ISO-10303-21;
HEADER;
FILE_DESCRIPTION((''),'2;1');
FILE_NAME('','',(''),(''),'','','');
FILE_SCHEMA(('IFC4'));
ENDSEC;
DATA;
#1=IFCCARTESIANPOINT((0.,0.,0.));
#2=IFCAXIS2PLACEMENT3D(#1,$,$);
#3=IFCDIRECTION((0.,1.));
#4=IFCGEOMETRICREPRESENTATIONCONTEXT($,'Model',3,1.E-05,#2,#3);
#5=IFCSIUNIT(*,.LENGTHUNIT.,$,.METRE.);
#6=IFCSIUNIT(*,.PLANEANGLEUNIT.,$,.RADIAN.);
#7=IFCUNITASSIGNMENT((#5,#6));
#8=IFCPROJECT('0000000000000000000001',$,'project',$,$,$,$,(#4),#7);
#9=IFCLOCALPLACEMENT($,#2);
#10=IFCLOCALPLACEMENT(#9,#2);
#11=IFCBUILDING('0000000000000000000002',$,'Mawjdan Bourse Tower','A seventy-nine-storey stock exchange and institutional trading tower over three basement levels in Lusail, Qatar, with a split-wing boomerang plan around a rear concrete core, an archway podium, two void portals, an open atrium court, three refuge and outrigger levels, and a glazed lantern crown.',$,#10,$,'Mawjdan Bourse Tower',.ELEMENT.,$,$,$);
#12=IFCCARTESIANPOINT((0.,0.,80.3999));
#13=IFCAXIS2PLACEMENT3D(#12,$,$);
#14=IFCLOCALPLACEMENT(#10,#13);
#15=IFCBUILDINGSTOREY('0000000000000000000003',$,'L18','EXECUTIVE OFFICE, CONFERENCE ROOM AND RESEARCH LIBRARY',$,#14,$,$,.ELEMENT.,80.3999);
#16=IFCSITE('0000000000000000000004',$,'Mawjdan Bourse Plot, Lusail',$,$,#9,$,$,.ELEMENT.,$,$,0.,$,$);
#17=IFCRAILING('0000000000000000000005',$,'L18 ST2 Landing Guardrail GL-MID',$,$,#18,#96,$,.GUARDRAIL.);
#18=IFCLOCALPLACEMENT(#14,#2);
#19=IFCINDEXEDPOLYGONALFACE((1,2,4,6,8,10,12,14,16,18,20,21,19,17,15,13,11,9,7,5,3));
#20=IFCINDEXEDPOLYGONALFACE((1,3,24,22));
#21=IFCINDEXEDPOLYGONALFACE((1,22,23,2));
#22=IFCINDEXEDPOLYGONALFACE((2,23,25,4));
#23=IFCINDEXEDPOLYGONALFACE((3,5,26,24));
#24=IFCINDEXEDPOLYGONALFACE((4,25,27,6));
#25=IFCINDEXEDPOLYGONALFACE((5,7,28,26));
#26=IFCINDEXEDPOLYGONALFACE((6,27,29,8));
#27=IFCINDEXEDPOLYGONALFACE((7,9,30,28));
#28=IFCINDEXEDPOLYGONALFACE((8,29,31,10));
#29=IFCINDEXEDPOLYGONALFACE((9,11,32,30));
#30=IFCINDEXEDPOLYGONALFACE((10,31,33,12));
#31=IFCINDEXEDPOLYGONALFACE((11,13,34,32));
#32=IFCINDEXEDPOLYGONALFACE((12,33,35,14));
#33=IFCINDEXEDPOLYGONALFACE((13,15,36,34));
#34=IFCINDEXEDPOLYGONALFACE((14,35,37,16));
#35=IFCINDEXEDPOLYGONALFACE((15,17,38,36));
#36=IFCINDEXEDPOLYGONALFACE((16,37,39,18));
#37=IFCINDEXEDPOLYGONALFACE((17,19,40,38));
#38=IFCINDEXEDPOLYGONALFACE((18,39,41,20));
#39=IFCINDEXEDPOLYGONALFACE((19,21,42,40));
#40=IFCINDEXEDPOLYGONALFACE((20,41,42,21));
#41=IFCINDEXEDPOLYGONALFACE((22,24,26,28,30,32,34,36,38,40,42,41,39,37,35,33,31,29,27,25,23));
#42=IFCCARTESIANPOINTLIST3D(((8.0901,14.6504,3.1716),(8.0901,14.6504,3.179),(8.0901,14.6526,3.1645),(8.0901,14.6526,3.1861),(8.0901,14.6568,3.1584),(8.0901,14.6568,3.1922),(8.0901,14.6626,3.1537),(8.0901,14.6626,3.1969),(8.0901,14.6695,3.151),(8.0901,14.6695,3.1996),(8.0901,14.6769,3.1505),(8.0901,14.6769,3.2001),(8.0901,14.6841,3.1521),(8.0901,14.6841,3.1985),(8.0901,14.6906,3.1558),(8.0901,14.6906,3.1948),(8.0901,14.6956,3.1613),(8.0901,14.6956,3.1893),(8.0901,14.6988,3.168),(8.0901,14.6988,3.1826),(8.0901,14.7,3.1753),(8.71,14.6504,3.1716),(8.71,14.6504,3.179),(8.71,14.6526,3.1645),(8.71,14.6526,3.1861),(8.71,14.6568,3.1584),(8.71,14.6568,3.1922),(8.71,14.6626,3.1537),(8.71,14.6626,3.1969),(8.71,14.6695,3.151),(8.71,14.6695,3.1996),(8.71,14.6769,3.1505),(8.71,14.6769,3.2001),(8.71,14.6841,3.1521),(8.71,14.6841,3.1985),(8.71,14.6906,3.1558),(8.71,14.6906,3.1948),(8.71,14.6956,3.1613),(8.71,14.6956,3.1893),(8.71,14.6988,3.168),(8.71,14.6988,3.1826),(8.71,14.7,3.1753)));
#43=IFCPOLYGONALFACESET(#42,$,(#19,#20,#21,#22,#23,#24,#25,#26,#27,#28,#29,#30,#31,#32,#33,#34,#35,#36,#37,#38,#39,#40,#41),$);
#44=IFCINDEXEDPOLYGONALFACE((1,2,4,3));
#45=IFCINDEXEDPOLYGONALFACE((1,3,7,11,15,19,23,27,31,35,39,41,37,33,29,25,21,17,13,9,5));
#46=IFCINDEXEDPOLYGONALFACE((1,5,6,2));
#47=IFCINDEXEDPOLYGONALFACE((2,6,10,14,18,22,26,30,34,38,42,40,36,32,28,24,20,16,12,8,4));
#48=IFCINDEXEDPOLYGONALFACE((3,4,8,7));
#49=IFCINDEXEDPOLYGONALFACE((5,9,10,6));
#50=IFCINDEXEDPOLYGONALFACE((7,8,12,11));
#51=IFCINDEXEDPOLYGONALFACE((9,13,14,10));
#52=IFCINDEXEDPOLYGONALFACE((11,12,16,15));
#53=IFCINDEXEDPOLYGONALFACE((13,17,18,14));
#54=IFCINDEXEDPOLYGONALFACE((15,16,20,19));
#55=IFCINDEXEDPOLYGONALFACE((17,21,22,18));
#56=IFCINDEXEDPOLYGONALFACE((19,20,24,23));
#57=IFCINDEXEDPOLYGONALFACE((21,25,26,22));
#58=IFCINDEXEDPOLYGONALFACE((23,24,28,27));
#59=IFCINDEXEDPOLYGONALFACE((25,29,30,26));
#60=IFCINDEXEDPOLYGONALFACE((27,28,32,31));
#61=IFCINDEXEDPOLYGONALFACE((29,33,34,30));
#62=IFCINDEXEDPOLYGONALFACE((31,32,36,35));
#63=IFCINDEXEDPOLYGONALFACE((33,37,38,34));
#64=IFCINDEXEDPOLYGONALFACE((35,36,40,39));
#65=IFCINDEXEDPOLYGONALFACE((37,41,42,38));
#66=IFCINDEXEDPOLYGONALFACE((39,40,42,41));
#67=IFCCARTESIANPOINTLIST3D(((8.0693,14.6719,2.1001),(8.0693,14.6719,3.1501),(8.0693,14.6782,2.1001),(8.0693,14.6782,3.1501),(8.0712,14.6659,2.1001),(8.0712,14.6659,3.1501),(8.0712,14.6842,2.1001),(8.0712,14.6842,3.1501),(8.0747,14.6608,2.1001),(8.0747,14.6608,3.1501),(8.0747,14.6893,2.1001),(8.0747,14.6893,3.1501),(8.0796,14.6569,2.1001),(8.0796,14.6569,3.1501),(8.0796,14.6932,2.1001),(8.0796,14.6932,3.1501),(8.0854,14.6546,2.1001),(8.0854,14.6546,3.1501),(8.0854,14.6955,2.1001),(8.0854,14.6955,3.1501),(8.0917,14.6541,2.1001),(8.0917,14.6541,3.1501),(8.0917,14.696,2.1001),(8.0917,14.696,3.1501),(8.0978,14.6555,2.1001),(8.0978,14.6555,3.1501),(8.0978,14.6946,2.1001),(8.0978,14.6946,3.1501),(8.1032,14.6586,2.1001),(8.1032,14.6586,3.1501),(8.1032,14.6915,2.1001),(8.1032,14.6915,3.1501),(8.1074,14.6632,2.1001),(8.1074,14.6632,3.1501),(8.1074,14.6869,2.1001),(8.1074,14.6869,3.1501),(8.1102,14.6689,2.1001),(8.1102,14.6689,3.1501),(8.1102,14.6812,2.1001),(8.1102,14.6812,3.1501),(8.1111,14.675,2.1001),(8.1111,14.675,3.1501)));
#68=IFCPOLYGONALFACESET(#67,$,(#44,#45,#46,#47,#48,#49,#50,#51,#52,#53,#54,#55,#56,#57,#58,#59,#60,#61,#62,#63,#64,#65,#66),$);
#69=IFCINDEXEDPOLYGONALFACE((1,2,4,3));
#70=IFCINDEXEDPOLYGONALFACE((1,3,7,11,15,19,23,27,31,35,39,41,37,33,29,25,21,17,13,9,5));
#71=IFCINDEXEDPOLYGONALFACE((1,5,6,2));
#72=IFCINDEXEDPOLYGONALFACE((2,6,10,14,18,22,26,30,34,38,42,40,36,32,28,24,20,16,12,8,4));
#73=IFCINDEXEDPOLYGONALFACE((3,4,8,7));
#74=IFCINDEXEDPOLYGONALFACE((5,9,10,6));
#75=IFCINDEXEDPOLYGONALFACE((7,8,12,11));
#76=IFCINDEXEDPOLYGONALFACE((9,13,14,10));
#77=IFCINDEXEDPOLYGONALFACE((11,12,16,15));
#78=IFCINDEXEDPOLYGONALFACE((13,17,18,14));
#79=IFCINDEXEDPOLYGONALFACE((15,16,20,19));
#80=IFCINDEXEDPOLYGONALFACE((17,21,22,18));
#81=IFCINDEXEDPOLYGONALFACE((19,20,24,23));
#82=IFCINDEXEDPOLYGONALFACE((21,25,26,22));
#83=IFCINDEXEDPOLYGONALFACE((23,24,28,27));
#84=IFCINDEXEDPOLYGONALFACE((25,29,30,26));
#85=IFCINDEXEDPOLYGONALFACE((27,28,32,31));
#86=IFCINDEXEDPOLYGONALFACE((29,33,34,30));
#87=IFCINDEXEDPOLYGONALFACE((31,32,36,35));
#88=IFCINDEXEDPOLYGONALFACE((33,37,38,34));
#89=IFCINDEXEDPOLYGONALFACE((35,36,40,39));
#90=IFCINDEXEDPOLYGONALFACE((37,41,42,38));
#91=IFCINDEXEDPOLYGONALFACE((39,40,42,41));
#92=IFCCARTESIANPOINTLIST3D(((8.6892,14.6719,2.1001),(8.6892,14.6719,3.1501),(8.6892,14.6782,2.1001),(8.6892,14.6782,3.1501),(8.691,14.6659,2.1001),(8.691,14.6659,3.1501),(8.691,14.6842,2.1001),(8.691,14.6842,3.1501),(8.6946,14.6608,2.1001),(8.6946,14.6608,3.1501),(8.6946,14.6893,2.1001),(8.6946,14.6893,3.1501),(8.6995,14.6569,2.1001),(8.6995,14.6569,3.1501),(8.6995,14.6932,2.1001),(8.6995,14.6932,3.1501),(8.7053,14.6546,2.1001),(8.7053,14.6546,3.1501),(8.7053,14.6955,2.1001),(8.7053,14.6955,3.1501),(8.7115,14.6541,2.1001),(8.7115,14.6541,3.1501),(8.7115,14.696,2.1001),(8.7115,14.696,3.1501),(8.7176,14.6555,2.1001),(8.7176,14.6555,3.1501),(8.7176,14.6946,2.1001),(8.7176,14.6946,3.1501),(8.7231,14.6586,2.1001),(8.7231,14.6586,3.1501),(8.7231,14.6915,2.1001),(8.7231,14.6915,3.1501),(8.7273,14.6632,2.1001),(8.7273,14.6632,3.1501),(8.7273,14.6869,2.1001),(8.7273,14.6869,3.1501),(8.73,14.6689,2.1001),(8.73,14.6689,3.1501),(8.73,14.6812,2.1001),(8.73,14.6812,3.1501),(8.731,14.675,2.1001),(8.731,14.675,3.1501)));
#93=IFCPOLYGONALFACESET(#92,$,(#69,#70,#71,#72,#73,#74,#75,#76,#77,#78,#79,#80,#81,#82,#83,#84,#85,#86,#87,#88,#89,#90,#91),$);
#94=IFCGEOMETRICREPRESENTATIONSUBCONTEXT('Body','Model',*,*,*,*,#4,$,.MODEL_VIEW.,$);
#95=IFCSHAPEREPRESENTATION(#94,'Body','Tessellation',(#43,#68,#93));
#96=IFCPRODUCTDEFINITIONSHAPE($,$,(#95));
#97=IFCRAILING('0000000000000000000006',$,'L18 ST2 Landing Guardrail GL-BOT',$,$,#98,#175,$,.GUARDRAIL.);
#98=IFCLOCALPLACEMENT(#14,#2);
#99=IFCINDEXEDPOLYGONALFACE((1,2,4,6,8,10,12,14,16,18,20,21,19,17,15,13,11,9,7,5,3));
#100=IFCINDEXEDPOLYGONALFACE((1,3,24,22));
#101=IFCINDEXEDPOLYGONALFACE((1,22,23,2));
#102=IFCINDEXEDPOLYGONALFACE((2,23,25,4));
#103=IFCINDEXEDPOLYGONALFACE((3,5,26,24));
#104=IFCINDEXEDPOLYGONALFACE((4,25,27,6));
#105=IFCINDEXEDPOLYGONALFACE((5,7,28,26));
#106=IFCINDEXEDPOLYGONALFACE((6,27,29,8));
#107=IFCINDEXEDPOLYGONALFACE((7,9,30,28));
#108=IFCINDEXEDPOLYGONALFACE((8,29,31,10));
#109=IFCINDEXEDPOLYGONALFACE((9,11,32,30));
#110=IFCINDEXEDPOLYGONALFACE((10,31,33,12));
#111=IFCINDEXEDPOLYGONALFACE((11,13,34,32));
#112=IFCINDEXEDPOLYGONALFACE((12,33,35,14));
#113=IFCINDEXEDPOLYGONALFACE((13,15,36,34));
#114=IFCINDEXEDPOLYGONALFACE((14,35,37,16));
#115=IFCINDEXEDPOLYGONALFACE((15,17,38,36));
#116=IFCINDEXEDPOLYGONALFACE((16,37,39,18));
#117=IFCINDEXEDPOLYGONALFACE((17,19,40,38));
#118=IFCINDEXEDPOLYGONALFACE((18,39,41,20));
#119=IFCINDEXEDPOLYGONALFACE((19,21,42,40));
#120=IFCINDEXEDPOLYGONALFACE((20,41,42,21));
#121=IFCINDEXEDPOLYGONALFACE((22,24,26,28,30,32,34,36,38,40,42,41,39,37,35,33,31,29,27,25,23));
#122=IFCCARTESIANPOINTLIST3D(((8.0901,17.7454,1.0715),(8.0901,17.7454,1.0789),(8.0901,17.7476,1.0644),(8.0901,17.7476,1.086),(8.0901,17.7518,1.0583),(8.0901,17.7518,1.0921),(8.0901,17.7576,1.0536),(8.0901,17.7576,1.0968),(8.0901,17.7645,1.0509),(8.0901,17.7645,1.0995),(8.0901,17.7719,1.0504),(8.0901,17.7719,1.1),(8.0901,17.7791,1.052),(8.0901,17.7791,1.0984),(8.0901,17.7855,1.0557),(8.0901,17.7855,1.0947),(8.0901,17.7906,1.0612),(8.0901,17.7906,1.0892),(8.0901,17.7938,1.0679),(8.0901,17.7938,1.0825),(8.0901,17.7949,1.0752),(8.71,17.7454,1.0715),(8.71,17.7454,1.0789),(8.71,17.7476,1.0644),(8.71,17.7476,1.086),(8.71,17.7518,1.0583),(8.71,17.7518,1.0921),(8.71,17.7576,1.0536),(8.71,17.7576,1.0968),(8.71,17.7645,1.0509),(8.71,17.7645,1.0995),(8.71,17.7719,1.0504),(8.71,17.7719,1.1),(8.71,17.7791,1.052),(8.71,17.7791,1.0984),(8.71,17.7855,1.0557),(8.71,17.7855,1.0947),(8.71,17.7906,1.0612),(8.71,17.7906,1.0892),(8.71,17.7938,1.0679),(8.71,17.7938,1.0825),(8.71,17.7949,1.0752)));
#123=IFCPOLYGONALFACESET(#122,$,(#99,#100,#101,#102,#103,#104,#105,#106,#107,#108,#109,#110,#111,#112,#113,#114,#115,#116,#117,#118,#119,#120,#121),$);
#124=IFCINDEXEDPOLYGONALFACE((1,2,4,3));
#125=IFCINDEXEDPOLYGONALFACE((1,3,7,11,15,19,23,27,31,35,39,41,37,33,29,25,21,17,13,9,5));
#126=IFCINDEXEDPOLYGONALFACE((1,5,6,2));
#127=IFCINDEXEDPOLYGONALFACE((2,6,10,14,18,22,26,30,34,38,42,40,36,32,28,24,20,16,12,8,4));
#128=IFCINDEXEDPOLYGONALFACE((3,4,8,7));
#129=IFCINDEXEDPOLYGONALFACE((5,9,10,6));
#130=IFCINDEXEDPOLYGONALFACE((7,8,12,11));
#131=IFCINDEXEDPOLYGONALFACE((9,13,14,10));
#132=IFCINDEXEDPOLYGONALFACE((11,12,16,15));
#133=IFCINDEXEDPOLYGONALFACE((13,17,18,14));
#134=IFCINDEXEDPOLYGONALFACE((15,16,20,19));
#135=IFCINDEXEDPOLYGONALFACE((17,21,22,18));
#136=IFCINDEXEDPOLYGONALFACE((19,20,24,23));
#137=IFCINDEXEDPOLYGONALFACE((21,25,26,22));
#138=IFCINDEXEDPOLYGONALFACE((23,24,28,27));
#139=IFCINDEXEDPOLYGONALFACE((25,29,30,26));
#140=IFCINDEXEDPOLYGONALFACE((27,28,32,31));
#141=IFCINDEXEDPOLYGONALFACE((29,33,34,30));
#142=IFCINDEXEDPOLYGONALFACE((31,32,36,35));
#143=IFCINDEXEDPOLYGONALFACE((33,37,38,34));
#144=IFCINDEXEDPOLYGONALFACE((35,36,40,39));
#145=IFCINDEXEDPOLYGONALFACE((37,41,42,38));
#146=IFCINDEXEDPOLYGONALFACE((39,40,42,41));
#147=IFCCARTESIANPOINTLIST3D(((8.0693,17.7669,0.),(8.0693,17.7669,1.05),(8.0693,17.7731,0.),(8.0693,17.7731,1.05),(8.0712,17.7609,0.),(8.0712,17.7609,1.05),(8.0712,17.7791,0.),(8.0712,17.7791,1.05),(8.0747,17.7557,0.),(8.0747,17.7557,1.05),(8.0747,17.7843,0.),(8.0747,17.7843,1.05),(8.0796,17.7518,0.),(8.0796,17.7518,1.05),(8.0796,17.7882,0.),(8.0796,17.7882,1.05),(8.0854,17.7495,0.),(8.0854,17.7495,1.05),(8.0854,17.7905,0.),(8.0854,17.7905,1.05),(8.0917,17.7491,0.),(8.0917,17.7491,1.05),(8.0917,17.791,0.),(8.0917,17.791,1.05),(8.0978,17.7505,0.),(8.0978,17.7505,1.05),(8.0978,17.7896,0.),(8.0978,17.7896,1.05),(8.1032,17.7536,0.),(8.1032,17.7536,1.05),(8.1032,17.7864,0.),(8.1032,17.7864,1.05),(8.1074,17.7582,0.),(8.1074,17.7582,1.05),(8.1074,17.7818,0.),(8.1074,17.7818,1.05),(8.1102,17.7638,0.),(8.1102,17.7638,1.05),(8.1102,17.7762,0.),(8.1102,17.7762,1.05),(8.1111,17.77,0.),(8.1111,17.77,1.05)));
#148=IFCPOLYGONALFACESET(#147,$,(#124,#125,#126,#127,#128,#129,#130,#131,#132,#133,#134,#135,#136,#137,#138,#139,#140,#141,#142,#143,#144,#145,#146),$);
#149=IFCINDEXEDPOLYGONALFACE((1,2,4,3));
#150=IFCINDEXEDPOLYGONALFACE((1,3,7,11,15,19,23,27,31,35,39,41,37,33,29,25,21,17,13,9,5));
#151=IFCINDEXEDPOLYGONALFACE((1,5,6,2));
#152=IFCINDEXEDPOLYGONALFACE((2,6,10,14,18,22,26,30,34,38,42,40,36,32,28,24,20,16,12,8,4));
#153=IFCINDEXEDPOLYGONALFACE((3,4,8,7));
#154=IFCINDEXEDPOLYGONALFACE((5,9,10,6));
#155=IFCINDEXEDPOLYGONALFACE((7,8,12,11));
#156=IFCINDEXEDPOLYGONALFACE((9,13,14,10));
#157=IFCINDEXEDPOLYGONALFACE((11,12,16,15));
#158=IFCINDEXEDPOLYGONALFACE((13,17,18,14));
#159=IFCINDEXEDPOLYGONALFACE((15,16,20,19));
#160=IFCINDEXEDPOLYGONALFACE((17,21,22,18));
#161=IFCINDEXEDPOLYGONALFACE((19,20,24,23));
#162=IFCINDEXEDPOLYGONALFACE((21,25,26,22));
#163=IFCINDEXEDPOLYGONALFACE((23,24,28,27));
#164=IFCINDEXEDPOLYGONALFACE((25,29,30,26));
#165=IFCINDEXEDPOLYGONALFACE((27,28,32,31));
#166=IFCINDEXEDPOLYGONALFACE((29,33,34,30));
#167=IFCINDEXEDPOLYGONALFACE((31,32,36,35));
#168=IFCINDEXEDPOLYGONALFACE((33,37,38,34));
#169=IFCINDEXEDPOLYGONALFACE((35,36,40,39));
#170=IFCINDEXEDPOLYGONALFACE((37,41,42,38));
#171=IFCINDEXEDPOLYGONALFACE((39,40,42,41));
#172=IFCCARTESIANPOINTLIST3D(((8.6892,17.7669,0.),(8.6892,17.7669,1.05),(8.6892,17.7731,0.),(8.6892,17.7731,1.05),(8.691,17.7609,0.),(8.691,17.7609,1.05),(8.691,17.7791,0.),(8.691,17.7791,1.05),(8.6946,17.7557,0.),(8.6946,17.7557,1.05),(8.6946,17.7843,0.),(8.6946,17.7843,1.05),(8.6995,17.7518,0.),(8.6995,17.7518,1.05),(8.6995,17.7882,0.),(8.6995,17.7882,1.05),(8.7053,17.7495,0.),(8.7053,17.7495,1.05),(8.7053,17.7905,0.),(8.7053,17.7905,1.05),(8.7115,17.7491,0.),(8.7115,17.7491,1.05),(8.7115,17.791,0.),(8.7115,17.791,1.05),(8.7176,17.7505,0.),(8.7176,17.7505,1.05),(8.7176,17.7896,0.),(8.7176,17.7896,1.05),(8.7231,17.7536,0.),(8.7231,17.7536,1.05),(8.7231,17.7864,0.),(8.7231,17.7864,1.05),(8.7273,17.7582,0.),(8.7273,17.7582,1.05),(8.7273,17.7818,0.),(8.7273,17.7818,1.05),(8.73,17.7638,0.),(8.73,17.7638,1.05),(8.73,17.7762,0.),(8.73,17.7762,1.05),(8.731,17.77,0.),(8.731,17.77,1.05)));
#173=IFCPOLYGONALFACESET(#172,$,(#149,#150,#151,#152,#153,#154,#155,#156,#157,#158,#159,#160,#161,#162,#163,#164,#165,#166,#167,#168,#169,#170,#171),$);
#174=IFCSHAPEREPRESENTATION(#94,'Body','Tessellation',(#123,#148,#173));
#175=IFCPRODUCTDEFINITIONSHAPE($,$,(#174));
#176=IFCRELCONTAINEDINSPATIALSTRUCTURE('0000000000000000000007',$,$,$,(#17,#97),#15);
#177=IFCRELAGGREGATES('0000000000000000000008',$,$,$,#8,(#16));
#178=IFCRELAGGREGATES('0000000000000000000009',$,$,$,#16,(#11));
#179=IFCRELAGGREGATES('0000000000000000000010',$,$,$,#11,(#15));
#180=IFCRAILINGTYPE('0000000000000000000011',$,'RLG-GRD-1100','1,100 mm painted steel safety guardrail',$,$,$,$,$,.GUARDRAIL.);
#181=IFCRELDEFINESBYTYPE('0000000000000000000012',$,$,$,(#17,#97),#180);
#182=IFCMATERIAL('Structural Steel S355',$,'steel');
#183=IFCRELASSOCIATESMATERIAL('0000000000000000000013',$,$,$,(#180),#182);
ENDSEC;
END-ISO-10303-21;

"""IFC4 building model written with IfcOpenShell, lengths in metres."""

from ifc_helpers import new_model, si_unit, direction, frame, origin, origin_2d, place, context, subcontext, project, spatial, circle, extrude, material, type_object, element, save


model = new_model("IFC4")

# Units and contexts
model_context = context("Model", 3, precision=1e-05, world=origin(), true_north=direction((0.0, 1.0)))
body_context = subcontext(model_context, "Body", "Model", "MODEL_VIEW")
ifc_project = project(units=[si_unit("LENGTHUNIT", "METRE"), si_unit("PLANEANGLEUNIT", "RADIAN")], contexts=[model_context])

# Site, building, storey
site_placement = place(None, origin())
site = spatial("IfcSite", under=ifc_project, at=site_placement, Name="Mawjdan Bourse Plot, Lusail", CompositionType="ELEMENT", RefElevation=0.0)
building_placement = place(site_placement, origin())
building = spatial("IfcBuilding", under=site, at=building_placement, Name="Mawjdan Bourse Tower", Description="A seventy-nine-storey stock exchange and institutional trading tower over three basement levels in Lusail, Qatar, with a split-wing boomerang plan around a rear concrete core, an archway podium, two void portals, an open atrium court, three refuge and outrigger levels, and a glazed lantern crown.", LongName="Mawjdan Bourse Tower", CompositionType="ELEMENT")
storey_placement = place(building_placement, frame((0.0, 0.0, 80.3999)))
storey = spatial("IfcBuildingStorey", under=building, at=storey_placement, Name="L18", Description="EXECUTIVE OFFICE, CONFERENCE ROOM AND RESEARCH LIBRARY", CompositionType="ELEMENT", Elevation=80.3999)

# Shared definitions
ifc_material_1 = material(Name="Structural Steel S355", Category="steel")

# Railings
railing_type_1 = type_object("IfcRailingType", Name="RLG-GRD-1100", Description="1,100 mm painted steel safety guardrail", PredefinedType="GUARDRAIL", material=ifc_material_1)
for number, where, name in (
    (1, (8.0901, 14.675, 2.1001), "L18 ST2 Landing Guardrail GL-MID"),
    (2, (8.0901, 17.77, 0.0), "L18 ST2 Landing Guardrail GL-BOT"),
):
    element("IfcRailing", number, at=place(storey_placement, frame(where)), inside=storey, type_object=railing_type_1, Name=name, PredefinedType="GUARDRAIL", context=body_context, shape_type="SweptSolid", body=[
        extrude(circle(Radius=0.0249, at=origin_2d()), frame((0.0, 0.0, 1.0752), z_axis=(1.0, 0.0, 0.0), x_axis=(0.0, 1.0, 0.0)), (0.0, 0.0, 1.0), 0.6199),
        extrude(circle(Radius=0.021, at=origin_2d()), origin(), (0.0, 0.0, 1.0), 1.05),
        extrude(circle(Radius=0.021, at=origin_2d()), frame((0.6199, 0.0, 0.0)), (0.0, 0.0, 1.0), 1.05),
    ])

save(model, "model.ifc")
